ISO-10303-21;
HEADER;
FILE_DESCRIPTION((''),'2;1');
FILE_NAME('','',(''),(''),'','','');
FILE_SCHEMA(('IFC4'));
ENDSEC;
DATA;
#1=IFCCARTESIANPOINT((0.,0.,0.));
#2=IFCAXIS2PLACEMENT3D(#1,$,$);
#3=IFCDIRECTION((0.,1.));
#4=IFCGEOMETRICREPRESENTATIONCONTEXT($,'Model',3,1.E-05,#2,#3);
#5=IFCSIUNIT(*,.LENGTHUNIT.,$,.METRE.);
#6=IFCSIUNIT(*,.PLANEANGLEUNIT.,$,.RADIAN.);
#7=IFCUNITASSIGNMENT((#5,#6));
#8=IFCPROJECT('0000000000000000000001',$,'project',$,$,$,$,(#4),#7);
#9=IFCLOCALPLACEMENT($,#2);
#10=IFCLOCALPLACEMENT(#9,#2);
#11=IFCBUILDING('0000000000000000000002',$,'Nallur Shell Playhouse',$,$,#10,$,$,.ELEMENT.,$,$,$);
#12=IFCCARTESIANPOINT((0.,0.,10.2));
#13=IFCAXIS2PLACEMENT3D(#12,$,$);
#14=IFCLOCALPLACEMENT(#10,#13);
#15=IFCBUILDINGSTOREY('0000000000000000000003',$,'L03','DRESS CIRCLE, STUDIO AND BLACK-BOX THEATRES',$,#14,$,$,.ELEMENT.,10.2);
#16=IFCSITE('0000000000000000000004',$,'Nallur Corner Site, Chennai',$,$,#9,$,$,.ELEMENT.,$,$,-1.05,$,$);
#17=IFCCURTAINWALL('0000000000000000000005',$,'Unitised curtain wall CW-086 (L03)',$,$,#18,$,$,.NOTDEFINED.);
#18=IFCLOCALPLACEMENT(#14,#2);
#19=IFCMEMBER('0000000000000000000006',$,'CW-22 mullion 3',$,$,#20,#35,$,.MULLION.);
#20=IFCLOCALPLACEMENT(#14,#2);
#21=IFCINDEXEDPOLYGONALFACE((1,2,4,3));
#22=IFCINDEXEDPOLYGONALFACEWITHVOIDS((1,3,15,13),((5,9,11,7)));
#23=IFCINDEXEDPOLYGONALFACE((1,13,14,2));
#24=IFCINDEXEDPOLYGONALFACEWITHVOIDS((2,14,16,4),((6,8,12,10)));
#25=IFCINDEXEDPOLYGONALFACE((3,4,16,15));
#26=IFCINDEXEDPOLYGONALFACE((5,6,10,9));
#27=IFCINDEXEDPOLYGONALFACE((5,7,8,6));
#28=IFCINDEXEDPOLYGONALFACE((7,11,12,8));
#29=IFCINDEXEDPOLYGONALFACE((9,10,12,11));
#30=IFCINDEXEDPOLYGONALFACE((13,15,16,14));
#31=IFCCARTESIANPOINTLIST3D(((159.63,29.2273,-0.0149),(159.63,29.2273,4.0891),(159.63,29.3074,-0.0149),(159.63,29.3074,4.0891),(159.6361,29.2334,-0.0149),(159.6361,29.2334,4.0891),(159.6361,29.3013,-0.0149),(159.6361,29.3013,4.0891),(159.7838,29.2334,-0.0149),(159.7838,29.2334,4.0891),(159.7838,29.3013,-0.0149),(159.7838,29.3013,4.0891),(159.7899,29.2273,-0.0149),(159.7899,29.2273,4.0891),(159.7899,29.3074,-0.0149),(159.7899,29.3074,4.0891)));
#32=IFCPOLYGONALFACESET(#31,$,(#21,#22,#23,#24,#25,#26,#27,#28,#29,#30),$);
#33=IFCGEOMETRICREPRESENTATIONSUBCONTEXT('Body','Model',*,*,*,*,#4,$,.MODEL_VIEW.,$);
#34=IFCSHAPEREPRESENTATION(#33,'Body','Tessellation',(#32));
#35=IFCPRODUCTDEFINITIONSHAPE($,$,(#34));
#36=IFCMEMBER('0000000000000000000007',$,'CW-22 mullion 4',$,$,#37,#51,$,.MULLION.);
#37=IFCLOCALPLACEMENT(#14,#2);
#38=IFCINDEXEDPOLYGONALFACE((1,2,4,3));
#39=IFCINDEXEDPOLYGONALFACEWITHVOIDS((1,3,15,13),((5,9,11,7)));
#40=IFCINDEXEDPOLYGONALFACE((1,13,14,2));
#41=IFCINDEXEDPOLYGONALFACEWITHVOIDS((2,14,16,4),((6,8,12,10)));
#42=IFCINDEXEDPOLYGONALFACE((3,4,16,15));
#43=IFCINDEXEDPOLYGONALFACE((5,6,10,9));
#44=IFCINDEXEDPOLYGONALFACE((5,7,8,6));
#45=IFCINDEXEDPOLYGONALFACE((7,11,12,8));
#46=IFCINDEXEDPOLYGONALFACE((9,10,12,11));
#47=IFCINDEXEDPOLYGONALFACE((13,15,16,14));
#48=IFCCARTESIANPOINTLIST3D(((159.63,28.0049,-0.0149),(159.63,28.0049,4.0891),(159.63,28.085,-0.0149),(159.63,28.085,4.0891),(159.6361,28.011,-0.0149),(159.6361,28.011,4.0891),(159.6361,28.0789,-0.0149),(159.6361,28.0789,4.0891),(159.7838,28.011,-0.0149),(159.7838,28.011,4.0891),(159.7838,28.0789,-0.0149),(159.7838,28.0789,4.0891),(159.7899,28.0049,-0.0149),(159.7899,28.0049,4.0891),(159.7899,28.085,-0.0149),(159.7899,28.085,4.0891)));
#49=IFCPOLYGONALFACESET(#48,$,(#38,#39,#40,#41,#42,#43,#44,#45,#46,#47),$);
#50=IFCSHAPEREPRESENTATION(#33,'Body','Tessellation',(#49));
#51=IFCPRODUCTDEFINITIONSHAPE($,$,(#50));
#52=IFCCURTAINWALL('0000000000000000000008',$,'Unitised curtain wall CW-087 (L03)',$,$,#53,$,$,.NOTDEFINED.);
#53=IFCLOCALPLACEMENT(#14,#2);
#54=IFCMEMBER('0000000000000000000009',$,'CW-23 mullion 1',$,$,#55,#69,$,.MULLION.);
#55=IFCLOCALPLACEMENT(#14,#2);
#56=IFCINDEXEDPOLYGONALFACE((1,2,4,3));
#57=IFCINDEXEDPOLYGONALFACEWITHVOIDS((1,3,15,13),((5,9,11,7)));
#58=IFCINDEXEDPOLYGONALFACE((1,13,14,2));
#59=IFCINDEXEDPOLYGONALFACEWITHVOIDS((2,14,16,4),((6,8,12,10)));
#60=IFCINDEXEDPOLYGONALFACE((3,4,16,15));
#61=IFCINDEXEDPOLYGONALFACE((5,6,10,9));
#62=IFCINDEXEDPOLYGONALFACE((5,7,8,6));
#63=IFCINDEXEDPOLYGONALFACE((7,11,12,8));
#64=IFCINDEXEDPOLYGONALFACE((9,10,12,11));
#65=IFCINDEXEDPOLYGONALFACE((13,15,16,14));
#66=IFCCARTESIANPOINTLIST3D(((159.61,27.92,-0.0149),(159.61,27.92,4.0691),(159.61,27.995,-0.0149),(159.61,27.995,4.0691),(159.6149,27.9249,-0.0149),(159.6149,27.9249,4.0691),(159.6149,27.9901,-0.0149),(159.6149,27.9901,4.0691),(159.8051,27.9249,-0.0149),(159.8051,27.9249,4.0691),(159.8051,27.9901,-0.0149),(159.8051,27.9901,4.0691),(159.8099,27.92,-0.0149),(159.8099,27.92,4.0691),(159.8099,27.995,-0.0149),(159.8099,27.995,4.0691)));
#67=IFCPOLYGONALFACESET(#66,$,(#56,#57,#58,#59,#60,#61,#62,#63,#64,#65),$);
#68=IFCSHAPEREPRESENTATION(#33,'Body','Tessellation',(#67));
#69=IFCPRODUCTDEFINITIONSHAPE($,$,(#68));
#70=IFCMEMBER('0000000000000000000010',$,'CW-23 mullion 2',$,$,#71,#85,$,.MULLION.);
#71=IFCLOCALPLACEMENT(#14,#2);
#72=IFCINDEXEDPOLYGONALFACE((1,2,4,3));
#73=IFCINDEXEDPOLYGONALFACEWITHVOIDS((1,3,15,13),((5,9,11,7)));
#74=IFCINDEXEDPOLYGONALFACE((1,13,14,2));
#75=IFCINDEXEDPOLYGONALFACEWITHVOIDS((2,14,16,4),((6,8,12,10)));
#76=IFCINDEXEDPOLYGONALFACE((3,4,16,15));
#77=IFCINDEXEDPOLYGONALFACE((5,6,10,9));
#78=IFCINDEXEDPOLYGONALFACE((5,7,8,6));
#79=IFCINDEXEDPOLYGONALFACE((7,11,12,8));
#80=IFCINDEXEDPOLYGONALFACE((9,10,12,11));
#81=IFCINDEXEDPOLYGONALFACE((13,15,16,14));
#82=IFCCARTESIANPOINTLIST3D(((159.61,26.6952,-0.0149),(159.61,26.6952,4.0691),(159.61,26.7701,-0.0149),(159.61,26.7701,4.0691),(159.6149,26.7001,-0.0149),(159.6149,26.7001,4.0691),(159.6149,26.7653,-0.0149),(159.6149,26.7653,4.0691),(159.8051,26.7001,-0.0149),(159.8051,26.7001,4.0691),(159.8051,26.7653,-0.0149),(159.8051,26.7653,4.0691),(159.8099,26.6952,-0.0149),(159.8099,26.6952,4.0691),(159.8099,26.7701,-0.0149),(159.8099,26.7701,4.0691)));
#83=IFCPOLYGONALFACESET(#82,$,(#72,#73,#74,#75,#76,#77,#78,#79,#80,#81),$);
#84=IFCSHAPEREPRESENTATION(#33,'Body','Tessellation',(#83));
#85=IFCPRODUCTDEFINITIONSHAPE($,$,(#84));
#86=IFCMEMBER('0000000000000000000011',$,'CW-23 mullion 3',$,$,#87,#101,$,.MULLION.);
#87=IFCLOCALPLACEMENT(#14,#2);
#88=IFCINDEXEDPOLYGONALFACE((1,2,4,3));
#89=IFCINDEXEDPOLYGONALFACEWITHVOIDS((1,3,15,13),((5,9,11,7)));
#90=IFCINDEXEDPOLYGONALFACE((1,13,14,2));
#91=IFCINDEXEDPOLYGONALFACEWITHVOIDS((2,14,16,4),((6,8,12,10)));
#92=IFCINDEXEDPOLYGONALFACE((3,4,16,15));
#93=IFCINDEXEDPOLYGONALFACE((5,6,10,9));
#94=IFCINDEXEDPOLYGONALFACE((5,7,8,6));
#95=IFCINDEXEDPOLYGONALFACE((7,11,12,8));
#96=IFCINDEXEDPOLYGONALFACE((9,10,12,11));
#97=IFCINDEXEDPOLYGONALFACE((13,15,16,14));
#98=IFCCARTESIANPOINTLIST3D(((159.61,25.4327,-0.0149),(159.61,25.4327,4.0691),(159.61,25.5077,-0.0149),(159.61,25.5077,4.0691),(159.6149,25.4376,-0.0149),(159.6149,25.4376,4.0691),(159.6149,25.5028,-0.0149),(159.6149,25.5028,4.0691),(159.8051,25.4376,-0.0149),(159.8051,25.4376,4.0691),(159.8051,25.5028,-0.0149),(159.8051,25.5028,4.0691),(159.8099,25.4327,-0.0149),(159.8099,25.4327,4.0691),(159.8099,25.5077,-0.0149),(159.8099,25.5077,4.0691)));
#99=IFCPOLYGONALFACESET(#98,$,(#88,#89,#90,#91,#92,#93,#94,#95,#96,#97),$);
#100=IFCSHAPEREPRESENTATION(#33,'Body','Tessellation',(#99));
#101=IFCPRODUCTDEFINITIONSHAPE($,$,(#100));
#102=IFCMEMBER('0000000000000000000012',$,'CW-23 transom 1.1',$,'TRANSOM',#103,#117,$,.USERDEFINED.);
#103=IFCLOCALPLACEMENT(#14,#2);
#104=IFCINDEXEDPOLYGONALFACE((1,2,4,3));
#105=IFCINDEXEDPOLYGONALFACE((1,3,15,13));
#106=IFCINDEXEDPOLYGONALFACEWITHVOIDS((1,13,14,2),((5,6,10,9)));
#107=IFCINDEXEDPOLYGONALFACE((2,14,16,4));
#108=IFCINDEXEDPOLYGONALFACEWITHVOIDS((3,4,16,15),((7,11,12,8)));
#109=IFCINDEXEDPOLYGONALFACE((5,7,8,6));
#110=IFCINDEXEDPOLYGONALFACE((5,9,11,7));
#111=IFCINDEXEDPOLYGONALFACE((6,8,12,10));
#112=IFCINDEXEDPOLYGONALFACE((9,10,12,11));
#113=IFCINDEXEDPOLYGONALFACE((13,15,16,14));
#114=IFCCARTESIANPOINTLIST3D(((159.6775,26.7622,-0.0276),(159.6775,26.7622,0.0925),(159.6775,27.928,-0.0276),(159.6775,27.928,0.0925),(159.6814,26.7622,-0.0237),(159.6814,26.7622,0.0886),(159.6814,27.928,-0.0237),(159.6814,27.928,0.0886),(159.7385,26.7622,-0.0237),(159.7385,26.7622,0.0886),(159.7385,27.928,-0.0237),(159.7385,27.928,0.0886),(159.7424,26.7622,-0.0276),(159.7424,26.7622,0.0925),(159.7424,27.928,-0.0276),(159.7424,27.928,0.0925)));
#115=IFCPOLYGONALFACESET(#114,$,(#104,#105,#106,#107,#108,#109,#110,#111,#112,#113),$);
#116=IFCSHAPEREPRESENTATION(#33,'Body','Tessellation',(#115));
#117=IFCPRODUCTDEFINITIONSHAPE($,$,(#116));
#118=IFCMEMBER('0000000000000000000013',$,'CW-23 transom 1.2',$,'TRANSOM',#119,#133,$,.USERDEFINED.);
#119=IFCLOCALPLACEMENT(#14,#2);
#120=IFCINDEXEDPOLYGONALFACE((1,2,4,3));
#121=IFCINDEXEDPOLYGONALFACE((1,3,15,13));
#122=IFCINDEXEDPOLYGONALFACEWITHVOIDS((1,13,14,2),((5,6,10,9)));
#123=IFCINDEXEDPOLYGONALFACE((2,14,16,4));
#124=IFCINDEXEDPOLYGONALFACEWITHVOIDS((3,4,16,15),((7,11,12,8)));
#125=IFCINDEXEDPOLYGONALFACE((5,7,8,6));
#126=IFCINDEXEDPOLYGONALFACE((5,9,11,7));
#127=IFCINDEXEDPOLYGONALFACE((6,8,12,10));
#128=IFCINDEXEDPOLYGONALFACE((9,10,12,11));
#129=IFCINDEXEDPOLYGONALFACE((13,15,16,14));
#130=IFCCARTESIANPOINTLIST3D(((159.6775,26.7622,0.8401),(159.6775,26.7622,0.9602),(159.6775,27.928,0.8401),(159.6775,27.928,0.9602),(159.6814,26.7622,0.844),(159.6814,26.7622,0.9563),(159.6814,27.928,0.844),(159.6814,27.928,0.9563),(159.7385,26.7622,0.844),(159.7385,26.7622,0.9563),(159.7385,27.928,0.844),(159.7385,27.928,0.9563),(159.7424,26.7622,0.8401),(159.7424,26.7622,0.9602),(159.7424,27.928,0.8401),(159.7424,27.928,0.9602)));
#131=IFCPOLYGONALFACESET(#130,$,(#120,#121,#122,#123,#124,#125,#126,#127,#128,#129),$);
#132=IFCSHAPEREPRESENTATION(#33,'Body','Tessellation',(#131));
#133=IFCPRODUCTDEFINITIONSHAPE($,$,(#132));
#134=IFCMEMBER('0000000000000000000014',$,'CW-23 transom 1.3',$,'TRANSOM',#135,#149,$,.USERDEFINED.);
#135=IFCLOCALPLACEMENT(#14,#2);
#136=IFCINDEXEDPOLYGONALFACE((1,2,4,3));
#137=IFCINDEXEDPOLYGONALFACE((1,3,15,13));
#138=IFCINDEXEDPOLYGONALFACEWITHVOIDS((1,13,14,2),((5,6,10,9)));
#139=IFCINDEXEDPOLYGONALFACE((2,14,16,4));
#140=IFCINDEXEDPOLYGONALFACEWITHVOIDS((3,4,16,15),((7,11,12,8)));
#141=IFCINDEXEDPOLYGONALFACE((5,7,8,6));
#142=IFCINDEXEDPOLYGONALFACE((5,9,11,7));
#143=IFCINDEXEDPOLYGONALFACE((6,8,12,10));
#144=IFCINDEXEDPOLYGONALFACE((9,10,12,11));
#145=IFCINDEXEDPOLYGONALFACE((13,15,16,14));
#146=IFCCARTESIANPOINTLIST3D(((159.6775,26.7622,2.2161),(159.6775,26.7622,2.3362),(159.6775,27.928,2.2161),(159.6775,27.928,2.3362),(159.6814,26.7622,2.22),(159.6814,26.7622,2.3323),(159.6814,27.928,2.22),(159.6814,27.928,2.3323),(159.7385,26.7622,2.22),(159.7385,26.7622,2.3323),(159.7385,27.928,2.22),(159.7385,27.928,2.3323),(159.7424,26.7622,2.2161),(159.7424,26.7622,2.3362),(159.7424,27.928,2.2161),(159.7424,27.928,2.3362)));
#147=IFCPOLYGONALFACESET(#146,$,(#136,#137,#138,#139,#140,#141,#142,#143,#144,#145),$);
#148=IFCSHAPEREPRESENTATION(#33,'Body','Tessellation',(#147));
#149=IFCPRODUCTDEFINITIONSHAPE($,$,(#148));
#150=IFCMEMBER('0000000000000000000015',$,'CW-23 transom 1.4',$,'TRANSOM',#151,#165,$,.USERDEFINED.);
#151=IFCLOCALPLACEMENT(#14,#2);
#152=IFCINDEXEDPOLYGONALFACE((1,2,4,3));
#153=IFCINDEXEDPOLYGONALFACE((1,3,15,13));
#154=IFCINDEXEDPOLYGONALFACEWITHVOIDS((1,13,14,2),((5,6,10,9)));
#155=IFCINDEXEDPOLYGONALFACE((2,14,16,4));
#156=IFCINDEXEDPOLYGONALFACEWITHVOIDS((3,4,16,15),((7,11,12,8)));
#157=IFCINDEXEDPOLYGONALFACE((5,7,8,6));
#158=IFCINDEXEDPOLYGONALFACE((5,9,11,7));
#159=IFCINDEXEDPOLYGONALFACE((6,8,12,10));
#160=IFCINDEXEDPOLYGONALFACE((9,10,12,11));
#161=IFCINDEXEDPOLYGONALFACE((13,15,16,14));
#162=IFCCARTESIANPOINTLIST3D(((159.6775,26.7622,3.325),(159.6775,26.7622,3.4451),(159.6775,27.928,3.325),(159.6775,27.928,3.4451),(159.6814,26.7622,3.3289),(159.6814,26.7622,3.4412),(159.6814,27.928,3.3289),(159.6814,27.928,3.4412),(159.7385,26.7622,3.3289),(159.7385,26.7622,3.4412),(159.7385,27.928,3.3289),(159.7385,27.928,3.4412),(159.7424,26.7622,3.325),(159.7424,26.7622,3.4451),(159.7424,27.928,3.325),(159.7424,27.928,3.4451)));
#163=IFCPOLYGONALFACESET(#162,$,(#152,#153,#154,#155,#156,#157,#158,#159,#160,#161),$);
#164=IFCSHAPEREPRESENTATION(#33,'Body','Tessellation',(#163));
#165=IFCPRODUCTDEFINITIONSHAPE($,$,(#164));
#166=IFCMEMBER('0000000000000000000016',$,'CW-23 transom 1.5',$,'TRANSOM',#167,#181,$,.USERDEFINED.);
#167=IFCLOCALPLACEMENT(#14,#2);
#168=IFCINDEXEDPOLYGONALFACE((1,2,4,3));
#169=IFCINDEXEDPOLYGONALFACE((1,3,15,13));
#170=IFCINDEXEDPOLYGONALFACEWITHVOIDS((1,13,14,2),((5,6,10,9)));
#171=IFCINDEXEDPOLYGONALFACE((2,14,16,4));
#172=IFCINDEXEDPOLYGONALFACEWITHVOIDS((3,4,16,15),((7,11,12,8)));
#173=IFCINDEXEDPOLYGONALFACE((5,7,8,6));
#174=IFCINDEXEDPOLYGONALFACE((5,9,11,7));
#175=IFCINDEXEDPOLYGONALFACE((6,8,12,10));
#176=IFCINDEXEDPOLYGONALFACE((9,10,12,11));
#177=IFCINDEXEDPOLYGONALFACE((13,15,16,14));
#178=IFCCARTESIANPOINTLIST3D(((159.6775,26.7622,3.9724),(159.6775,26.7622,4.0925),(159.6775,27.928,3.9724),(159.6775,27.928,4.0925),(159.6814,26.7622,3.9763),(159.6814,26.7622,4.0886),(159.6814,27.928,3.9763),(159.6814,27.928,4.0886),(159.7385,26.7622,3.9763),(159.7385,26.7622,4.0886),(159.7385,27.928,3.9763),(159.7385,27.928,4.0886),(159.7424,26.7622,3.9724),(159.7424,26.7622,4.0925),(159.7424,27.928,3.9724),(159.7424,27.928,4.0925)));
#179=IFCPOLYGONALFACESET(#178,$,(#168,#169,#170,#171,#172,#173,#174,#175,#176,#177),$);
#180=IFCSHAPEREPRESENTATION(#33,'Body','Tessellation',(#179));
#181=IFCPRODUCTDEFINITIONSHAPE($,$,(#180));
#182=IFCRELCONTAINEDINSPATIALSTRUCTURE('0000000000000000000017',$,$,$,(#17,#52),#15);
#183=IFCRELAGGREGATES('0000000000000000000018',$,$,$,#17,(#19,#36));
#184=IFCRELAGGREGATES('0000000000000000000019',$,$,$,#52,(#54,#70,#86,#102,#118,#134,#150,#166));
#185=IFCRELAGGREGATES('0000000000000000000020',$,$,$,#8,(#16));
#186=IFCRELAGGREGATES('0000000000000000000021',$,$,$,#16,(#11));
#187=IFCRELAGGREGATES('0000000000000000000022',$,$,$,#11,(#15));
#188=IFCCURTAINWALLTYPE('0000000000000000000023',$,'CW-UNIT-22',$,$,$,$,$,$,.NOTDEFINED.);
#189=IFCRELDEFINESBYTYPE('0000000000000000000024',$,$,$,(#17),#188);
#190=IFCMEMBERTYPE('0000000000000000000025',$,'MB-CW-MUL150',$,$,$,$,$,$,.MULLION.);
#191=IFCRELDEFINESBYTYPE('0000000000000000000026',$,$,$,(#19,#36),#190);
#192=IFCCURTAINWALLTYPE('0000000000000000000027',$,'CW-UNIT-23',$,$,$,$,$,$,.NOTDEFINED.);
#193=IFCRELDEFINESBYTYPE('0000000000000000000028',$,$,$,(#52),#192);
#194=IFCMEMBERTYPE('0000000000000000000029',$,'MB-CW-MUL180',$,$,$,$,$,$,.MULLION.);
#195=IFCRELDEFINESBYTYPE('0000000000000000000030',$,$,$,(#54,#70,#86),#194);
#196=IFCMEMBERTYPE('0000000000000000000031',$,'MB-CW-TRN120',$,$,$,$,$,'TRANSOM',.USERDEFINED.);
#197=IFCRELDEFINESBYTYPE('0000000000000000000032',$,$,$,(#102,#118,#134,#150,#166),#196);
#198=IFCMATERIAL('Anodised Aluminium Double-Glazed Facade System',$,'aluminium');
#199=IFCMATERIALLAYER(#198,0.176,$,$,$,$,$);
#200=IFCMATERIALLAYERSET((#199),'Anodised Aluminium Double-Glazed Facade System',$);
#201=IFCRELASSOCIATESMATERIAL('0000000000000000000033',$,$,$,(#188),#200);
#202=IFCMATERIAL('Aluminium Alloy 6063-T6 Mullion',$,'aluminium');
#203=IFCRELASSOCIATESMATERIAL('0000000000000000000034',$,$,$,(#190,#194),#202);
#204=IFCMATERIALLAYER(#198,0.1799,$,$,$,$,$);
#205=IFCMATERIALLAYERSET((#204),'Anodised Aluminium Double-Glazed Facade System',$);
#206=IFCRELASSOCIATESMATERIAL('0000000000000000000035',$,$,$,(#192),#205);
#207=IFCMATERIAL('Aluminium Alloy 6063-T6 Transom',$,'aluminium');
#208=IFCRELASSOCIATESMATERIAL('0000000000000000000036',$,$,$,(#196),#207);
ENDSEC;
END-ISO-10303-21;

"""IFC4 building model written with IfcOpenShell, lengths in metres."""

from ifc_helpers import new_model, si_unit, direction, frame, origin, origin_2d, place, context, subcontext, project, spatial, hollow_rectangle, extrude, material, layer, layer_set, material_profile, profile_set, type_object, element, aggregate, save


model = new_model("IFC4")

# Units and contexts
model_context = context("Model", 3, precision=1e-05, world=origin(), true_north=direction((0.0, 1.0)))
body_context = subcontext(model_context, "Body", "Model", "MODEL_VIEW")
ifc_project = project(units=[si_unit("LENGTHUNIT", "METRE"), si_unit("PLANEANGLEUNIT", "RADIAN")], contexts=[model_context])

# Site, building, storey
site_placement = place(None, origin())
site = spatial("IfcSite", under=ifc_project, at=site_placement, Name="Nallur Corner Site, Chennai", CompositionType="ELEMENT", RefElevation=-1.05)
building_placement = place(site_placement, origin())
building = spatial("IfcBuilding", under=site, at=building_placement, Name="Nallur Shell Playhouse", CompositionType="ELEMENT")
storey_placement = place(building_placement, frame((0.0, 0.0, 10.2)))
storey = spatial("IfcBuildingStorey", under=building, at=storey_placement, Name="L03", Description="DRESS CIRCLE, STUDIO AND BLACK-BOX THEATRES", CompositionType="ELEMENT", Elevation=10.2)

# Curtain walls, members
ifc_material_1 = material(Name="Anodised Aluminium Double-Glazed Facade System", Category="aluminium")
ifc_layer_1 = layer(ifc_material_1, 0.176)
ifc_layer_set_1 = layer_set([ifc_layer_1], Name="Anodised Aluminium Double-Glazed Facade System")
curtain_wall_type_1 = type_object("IfcCurtainWallType", Name="CW-UNIT-22", PredefinedType="NOTDEFINED", material=ifc_layer_set_1)
curtain_wall_1_placement = place(storey_placement, origin())
curtain_wall_1 = element("IfcCurtainWall", 1, at=curtain_wall_1_placement, inside=storey, type_object=curtain_wall_type_1, Name="Unitised curtain wall CW-086 (L03)", PredefinedType="NOTDEFINED")
ifc_material_2 = material(Name="Aluminium Alloy 6063-T6 Mullion", Category="aluminium")
ifc_material_profile_1 = material_profile(ifc_material_2, hollow_rectangle(XDim=0.0801, YDim=0.1599, WallThickness=0.0061, at=origin_2d()), Name="RHS 160x80x6")
ifc_profile_set_1 = profile_set([ifc_material_profile_1], Name="Aluminium Alloy 6063-T6 Mullion")
member_type_1 = type_object("IfcMemberType", Name="MB-CW-MUL150", PredefinedType="MULLION", material=ifc_profile_set_1)
member_1_placement = place(storey_placement, frame((159.71, 29.2673, -0.0149), z_axis=(0.0, 0.0, 1.0), x_axis=(0.0, -1.0, 0.0)))
member_1 = element("IfcMember", 2, at=member_1_placement, type_object=member_type_1, Name="CW-22 mullion 3", PredefinedType="MULLION", context=body_context, shape_type="SweptSolid", body=[
    extrude(hollow_rectangle(XDim=0.0801, YDim=0.1599, WallThickness=0.0061, at=origin_2d()), origin(), (0.0, 0.0, 1.0), 4.104),
])
member_2_placement = place(storey_placement, frame((159.71, 28.0449, -0.0149), z_axis=(0.0, 0.0, 1.0), x_axis=(0.0, -1.0, 0.0)))
member_2 = element("IfcMember", 3, at=member_2_placement, type_object=member_type_1, Name="CW-22 mullion 4", PredefinedType="MULLION", context=body_context, shape_type="SweptSolid", body=[
    extrude(hollow_rectangle(XDim=0.0801, YDim=0.1599, WallThickness=0.0061, at=origin_2d()), origin(), (0.0, 0.0, 1.0), 4.104),
])
ifc_layer_2 = layer(ifc_material_1, 0.1799)
ifc_layer_set_2 = layer_set([ifc_layer_2], Name="Anodised Aluminium Double-Glazed Facade System")
curtain_wall_type_2 = type_object("IfcCurtainWallType", Name="CW-UNIT-23", PredefinedType="NOTDEFINED", material=ifc_layer_set_2)
curtain_wall_2_placement = place(storey_placement, origin())
curtain_wall_2 = element("IfcCurtainWall", 4, at=curtain_wall_2_placement, inside=storey, type_object=curtain_wall_type_2, Name="Unitised curtain wall CW-087 (L03)", PredefinedType="NOTDEFINED")
ifc_material_profile_2 = material_profile(ifc_material_2, hollow_rectangle(XDim=0.075, YDim=0.2, WallThickness=0.0049, at=origin_2d()), Name="ALU 75x200x5")
ifc_profile_set_2 = profile_set([ifc_material_profile_2], Name="Aluminium Alloy 6063-T6 Mullion")
member_type_2 = type_object("IfcMemberType", Name="MB-CW-MUL180", PredefinedType="MULLION", material=ifc_profile_set_2)
member_3_placement = place(storey_placement, frame((159.71, 27.9575, -0.0149), z_axis=(0.0, 0.0, 1.0), x_axis=(0.0, -1.0, 0.0)))
member_3 = element("IfcMember", 5, at=member_3_placement, type_object=member_type_2, Name="CW-23 mullion 1", PredefinedType="MULLION", context=body_context, shape_type="SweptSolid", body=[
    extrude(hollow_rectangle(XDim=0.075, YDim=0.2, WallThickness=0.0049, at=origin_2d()), origin(), (0.0, 0.0, 1.0), 4.084),
])
member_4_placement = place(storey_placement, frame((159.71, 26.7327, -0.0149), z_axis=(0.0, 0.0, 1.0), x_axis=(0.0, -1.0, 0.0)))
member_4 = element("IfcMember", 6, at=member_4_placement, type_object=member_type_2, Name="CW-23 mullion 2", PredefinedType="MULLION", context=body_context, shape_type="SweptSolid", body=[
    extrude(hollow_rectangle(XDim=0.075, YDim=0.2, WallThickness=0.0049, at=origin_2d()), origin(), (0.0, 0.0, 1.0), 4.084),
])
member_5_placement = place(storey_placement, frame((159.71, 25.4702, -0.0149), z_axis=(0.0, 0.0, 1.0), x_axis=(0.0, -1.0, 0.0)))
member_5 = element("IfcMember", 7, at=member_5_placement, type_object=member_type_2, Name="CW-23 mullion 3", PredefinedType="MULLION", context=body_context, shape_type="SweptSolid", body=[
    extrude(hollow_rectangle(XDim=0.075, YDim=0.2, WallThickness=0.0049, at=origin_2d()), origin(), (0.0, 0.0, 1.0), 4.084),
])
ifc_material_3 = material(Name="Aluminium Alloy 6063-T6 Transom", Category="aluminium")
ifc_material_profile_3 = material_profile(ifc_material_3, hollow_rectangle(XDim=0.0649, YDim=0.1201, WallThickness=0.0039, at=origin_2d()), Name="ALU 65x120x4")
ifc_profile_set_3 = profile_set([ifc_material_profile_3], Name="Aluminium Alloy 6063-T6 Transom")
member_type_3 = type_object("IfcMemberType", Name="MB-CW-TRN120", ElementType="TRANSOM", PredefinedType="USERDEFINED", material=ifc_profile_set_3)
member_6_placement = place(storey_placement, frame((159.71, 27.928, 0.0325), z_axis=(0.0, -1.0, 0.0), x_axis=(1.0, 0.0, 0.0)))
member_6 = element("IfcMember", 8, at=member_6_placement, type_object=member_type_3, Name="CW-23 transom 1.1", ObjectType="TRANSOM", PredefinedType="USERDEFINED", context=body_context, shape_type="SweptSolid", body=[
    extrude(hollow_rectangle(XDim=0.0649, YDim=0.1201, WallThickness=0.0039, at=origin_2d()), origin(), (0.0, 0.0, 1.0), 1.1658),
])
member_7_placement = place(storey_placement, frame((159.71, 27.928, 0.9001), z_axis=(0.0, -1.0, 0.0), x_axis=(1.0, 0.0, 0.0)))
member_7 = element("IfcMember", 9, at=member_7_placement, type_object=member_type_3, Name="CW-23 transom 1.2", ObjectType="TRANSOM", PredefinedType="USERDEFINED", context=body_context, shape_type="SweptSolid", body=[
    extrude(hollow_rectangle(XDim=0.0649, YDim=0.1201, WallThickness=0.0039, at=origin_2d()), origin(), (0.0, 0.0, 1.0), 1.1658),
])
member_8_placement = place(storey_placement, frame((159.71, 27.928, 2.2761), z_axis=(0.0, -1.0, 0.0), x_axis=(1.0, 0.0, 0.0)))
member_8 = element("IfcMember", 10, at=member_8_placement, type_object=member_type_3, Name="CW-23 transom 1.3", ObjectType="TRANSOM", PredefinedType="USERDEFINED", context=body_context, shape_type="SweptSolid", body=[
    extrude(hollow_rectangle(XDim=0.0649, YDim=0.1201, WallThickness=0.0039, at=origin_2d()), origin(), (0.0, 0.0, 1.0), 1.1658),
])
member_9_placement = place(storey_placement, frame((159.71, 27.928, 3.385), z_axis=(0.0, -1.0, 0.0), x_axis=(1.0, 0.0, 0.0)))
member_9 = element("IfcMember", 11, at=member_9_placement, type_object=member_type_3, Name="CW-23 transom 1.4", ObjectType="TRANSOM", PredefinedType="USERDEFINED", context=body_context, shape_type="SweptSolid", body=[
    extrude(hollow_rectangle(XDim=0.0649, YDim=0.1201, WallThickness=0.0039, at=origin_2d()), origin(), (0.0, 0.0, 1.0), 1.1658),
])
member_10_placement = place(storey_placement, frame((159.71, 27.928, 4.0325), z_axis=(0.0, -1.0, 0.0), x_axis=(1.0, 0.0, 0.0)))
member_10 = element("IfcMember", 12, at=member_10_placement, type_object=member_type_3, Name="CW-23 transom 1.5", ObjectType="TRANSOM", PredefinedType="USERDEFINED", context=body_context, shape_type="SweptSolid", body=[
    extrude(hollow_rectangle(XDim=0.0649, YDim=0.1201, WallThickness=0.0039, at=origin_2d()), origin(), (0.0, 0.0, 1.0), 1.1658),
])

aggregate(curtain_wall_1, [member_1, member_2])
aggregate(curtain_wall_2, [member_3, member_4, member_5, member_6, member_7, member_8, member_9, member_10])

save(model, "model.ifc")
